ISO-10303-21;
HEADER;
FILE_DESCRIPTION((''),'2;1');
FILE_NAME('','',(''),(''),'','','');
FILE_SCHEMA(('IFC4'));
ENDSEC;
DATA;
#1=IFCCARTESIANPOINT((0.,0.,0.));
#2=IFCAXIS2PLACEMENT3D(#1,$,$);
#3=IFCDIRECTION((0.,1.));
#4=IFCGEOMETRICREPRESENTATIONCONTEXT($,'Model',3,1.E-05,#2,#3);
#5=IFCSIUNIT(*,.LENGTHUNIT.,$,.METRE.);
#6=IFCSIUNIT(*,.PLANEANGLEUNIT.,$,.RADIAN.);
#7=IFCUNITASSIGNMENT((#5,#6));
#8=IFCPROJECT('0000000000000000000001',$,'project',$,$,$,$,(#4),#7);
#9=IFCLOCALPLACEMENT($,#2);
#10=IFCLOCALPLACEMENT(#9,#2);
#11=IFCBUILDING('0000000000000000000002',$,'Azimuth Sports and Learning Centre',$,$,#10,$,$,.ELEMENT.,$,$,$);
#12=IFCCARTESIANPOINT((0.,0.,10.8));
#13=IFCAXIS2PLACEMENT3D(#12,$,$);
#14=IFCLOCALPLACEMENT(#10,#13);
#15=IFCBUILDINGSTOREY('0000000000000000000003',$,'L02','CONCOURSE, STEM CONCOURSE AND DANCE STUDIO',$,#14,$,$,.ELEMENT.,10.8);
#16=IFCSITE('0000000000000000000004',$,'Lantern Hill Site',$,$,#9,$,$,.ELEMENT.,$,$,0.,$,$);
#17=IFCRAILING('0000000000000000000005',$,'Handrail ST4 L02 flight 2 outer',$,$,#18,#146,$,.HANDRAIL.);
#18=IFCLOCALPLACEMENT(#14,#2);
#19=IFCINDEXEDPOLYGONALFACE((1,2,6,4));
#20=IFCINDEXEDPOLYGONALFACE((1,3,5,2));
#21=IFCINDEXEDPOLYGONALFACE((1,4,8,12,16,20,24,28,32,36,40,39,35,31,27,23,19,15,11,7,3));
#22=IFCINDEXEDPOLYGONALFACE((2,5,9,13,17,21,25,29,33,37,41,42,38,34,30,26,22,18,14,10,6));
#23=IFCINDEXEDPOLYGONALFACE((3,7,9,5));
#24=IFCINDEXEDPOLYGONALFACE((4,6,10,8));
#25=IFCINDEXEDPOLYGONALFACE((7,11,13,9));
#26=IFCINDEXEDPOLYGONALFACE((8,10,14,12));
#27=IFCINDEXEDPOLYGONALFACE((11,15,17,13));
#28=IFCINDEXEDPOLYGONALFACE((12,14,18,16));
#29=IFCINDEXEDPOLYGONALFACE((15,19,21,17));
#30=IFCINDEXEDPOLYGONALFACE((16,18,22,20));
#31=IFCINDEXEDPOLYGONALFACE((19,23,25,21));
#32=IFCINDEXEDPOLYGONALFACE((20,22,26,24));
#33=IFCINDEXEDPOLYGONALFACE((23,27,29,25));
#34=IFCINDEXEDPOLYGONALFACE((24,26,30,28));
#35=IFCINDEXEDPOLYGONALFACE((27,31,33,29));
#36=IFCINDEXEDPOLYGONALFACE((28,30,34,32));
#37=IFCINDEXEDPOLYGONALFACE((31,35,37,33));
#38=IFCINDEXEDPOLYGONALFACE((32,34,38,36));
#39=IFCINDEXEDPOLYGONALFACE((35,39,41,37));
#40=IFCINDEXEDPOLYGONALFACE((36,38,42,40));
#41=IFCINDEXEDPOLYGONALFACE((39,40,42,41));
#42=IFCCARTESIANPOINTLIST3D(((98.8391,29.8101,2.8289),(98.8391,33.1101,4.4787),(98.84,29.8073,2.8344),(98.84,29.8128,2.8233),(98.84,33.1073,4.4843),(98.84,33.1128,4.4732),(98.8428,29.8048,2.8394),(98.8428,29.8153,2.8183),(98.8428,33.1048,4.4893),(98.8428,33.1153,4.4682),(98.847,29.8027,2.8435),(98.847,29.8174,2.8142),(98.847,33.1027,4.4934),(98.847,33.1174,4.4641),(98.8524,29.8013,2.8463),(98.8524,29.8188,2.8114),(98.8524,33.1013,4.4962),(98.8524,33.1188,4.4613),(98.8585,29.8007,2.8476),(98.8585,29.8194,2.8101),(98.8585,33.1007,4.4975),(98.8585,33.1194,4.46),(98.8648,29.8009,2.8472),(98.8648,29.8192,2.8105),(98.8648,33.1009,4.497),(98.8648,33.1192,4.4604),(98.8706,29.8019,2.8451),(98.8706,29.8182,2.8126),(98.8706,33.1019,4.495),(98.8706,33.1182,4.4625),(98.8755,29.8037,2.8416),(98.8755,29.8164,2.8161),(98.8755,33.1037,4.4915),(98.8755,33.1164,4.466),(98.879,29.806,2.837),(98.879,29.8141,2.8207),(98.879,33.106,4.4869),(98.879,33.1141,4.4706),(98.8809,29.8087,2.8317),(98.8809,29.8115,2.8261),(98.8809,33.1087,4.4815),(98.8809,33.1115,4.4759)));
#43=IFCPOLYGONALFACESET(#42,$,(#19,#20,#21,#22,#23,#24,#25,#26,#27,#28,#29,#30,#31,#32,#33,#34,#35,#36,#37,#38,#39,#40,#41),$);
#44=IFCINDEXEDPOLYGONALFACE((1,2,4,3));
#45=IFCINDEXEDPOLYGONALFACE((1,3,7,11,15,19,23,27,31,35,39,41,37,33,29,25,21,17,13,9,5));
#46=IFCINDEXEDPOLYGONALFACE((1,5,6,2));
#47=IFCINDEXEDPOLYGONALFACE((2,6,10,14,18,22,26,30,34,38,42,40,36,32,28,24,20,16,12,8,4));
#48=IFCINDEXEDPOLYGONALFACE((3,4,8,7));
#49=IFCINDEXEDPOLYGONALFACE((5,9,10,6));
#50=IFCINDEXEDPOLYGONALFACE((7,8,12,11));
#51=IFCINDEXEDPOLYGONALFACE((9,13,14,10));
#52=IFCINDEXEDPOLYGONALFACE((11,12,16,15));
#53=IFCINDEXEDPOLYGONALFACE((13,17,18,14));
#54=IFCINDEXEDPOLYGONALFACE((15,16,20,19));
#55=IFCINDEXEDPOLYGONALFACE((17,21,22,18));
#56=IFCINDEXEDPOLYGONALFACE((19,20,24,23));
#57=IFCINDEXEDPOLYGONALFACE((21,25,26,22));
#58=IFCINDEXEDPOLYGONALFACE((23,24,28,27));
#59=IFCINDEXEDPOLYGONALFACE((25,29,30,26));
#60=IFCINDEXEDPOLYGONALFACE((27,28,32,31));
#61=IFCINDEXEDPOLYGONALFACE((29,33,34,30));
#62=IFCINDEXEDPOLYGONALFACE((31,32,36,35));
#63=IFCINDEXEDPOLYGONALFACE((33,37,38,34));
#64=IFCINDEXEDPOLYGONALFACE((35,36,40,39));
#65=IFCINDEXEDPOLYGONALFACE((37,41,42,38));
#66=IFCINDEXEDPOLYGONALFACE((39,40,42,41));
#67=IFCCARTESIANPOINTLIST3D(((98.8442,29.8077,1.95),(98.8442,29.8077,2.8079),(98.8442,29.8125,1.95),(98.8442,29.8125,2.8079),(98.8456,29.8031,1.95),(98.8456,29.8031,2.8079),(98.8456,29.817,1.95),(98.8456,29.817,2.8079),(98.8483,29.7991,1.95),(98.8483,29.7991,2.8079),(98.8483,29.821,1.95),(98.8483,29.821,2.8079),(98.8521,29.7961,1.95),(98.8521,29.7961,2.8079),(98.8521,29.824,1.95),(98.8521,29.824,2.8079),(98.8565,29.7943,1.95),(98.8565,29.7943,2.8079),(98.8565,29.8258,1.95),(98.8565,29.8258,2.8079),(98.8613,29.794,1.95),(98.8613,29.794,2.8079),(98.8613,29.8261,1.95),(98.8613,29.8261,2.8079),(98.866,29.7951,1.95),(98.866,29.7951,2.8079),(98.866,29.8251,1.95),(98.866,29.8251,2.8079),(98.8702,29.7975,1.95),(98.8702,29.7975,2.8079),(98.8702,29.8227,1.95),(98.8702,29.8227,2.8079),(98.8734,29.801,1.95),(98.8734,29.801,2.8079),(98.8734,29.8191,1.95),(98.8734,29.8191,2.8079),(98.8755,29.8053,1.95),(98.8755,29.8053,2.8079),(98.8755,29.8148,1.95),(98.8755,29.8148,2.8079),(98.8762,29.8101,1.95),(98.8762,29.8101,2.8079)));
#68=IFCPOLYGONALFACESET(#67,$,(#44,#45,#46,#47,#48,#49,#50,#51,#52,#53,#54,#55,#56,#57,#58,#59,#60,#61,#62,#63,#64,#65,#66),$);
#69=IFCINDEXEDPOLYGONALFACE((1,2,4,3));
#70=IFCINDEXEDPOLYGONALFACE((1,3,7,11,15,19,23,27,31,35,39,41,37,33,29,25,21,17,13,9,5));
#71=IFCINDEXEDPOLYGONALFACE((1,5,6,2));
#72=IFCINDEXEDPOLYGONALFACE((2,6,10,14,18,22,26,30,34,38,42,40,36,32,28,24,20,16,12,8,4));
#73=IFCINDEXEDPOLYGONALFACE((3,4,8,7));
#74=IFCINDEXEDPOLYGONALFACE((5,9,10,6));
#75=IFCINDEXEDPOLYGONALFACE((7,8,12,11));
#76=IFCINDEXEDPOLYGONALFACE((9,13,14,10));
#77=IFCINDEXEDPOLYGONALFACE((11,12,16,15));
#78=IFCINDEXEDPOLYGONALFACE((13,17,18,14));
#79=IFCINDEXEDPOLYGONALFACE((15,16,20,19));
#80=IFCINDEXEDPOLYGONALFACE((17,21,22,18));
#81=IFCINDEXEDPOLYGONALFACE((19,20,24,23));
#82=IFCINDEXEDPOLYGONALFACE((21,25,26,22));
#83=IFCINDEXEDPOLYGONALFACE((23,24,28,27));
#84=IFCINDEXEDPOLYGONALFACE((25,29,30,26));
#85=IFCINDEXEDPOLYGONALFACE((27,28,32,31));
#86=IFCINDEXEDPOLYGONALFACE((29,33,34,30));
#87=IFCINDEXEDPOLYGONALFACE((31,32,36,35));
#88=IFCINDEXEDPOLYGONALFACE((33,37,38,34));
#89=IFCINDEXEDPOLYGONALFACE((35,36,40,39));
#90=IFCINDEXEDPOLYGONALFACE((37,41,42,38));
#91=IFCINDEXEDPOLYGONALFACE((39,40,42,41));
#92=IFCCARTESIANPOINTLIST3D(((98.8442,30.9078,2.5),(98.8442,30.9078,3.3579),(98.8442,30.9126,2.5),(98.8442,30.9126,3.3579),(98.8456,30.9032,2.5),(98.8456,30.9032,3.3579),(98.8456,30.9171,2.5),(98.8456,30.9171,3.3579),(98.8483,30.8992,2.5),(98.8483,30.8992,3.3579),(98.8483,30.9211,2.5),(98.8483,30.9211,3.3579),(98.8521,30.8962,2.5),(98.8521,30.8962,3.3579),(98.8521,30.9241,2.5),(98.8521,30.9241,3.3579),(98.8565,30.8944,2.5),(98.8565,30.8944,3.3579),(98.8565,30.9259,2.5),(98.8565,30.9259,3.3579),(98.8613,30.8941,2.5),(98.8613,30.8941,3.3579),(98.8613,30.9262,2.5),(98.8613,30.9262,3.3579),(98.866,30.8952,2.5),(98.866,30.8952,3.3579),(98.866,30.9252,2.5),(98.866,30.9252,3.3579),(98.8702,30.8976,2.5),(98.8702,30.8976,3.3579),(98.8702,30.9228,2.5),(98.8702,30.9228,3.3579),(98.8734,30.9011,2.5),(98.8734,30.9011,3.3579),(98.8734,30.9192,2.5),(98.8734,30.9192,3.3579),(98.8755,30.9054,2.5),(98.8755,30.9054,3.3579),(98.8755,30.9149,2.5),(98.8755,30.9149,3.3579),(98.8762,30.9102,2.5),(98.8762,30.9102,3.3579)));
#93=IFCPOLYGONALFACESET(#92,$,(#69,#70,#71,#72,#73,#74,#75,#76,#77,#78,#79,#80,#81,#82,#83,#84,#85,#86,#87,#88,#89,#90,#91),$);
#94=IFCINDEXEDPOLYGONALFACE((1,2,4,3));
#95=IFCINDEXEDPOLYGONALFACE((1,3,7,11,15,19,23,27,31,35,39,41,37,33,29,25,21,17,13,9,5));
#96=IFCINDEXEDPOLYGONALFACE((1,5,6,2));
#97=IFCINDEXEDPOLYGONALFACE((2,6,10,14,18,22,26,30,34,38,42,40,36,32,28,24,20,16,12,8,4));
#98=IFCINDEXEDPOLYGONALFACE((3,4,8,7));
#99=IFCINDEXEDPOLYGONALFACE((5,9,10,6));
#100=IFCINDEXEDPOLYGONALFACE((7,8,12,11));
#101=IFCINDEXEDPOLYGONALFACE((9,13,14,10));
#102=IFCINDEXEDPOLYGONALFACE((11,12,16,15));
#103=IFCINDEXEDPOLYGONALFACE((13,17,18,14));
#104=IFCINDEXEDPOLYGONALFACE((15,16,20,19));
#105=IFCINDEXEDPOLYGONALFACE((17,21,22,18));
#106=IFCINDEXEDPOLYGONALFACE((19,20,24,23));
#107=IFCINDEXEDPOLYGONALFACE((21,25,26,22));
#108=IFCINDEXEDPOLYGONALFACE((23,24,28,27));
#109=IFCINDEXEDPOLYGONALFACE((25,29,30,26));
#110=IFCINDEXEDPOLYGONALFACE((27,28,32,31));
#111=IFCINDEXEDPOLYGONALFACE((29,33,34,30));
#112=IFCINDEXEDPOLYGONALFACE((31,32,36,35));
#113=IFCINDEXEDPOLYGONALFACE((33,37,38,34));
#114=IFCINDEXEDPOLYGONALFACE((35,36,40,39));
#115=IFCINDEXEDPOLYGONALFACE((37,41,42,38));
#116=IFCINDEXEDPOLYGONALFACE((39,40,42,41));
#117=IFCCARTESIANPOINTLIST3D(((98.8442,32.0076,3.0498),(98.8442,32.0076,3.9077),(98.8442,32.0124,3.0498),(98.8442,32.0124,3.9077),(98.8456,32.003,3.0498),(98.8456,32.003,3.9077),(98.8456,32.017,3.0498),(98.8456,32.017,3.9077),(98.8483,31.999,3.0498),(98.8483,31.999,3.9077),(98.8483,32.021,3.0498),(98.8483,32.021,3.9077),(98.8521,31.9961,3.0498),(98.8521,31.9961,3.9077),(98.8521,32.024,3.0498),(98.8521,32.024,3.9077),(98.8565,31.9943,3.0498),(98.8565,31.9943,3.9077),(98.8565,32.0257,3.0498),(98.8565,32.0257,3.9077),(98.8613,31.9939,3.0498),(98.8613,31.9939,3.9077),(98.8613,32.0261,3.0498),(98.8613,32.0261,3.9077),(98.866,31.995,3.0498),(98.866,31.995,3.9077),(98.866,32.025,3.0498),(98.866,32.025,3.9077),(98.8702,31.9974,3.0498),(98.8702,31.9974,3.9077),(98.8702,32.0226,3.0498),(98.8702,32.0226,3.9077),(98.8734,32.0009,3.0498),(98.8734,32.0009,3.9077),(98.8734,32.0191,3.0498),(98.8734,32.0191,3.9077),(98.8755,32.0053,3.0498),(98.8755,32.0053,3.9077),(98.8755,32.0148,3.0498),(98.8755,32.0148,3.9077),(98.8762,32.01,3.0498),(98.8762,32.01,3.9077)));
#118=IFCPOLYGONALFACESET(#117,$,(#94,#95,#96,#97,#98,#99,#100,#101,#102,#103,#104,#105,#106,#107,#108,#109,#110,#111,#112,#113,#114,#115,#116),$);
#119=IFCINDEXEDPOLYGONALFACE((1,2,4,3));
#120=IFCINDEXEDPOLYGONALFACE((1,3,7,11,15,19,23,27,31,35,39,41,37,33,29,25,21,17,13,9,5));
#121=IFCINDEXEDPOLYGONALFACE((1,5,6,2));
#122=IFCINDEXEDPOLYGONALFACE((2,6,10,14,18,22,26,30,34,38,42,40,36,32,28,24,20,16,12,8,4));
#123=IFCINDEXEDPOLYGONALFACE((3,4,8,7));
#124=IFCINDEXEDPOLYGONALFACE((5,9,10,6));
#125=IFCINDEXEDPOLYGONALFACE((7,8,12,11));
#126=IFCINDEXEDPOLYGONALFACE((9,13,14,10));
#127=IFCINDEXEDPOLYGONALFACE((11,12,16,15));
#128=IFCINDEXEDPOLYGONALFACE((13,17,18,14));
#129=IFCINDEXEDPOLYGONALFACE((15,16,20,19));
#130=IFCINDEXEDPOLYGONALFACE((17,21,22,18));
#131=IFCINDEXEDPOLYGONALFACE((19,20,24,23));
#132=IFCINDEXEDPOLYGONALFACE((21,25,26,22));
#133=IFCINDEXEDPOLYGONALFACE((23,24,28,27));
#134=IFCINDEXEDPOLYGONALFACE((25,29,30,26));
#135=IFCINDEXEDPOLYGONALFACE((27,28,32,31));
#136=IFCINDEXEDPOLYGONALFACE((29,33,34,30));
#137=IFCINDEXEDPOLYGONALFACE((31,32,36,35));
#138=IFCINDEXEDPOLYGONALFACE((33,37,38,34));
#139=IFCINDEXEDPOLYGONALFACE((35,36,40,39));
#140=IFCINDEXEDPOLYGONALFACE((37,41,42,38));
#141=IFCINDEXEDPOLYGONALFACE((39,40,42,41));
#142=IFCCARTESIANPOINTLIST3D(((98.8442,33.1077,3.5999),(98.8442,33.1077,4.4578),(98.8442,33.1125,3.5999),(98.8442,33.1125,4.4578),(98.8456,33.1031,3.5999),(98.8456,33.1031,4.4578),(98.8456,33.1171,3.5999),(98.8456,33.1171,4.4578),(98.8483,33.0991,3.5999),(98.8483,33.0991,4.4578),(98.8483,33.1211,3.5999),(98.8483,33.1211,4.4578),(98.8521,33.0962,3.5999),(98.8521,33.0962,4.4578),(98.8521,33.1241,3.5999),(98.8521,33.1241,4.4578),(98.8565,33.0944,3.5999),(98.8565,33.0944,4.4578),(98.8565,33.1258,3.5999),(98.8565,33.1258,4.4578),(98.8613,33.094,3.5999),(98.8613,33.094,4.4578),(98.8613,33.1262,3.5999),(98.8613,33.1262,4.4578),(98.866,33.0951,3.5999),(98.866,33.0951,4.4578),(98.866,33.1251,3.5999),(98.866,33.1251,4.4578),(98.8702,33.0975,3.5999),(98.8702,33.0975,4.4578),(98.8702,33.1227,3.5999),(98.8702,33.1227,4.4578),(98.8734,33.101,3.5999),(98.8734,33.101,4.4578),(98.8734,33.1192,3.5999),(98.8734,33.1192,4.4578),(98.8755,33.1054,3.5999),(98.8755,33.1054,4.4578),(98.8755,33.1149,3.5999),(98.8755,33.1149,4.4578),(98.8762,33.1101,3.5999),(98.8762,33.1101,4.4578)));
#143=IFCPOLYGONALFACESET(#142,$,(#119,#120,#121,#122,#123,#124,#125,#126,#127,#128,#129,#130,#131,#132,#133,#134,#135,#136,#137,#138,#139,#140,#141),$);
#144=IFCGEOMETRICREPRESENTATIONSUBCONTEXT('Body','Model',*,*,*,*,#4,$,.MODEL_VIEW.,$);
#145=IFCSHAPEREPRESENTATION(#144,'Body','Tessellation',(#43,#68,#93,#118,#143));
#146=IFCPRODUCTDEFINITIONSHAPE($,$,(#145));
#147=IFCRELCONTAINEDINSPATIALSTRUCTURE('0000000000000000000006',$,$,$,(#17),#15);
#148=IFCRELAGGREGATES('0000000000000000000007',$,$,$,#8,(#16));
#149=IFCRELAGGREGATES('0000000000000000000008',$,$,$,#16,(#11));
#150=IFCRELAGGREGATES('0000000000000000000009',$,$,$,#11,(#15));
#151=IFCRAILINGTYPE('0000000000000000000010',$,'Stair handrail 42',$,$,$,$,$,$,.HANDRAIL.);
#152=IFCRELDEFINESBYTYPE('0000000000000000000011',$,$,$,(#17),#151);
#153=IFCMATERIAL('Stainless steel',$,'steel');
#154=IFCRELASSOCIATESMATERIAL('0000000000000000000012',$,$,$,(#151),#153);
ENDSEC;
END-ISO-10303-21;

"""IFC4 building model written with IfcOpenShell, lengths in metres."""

from ifc_helpers import new_model, si_unit, direction, frame, origin, origin_2d, place, context, subcontext, project, spatial, circle, extrude, material, type_object, element, save


model = new_model("IFC4")

# Units and contexts
model_context = context("Model", 3, precision=1e-05, world=origin(), true_north=direction((0.0, 1.0)))
body_context = subcontext(model_context, "Body", "Model", "MODEL_VIEW")
ifc_project = project(units=[si_unit("LENGTHUNIT", "METRE"), si_unit("PLANEANGLEUNIT", "RADIAN")], contexts=[model_context])

# Site, building, storey
site_placement = place(None, origin())
site = spatial("IfcSite", under=ifc_project, at=site_placement, Name="Lantern Hill Site", CompositionType="ELEMENT", RefElevation=0.0)
building_placement = place(site_placement, origin())
building = spatial("IfcBuilding", under=site, at=building_placement, Name="Azimuth Sports and Learning Centre", CompositionType="ELEMENT")
storey_placement = place(building_placement, frame((0.0, 0.0, 10.8)))
storey = spatial("IfcBuildingStorey", under=building, at=storey_placement, Name="L02", Description="CONCOURSE, STEM CONCOURSE AND DANCE STUDIO", CompositionType="ELEMENT", Elevation=10.8)

# Railing
ifc_material_1 = material(Name="Stainless steel", Category="steel")
railing_type_1 = type_object("IfcRailingType", Name="Stair handrail 42", PredefinedType="HANDRAIL", material=ifc_material_1)
for number, where, name in (
    (1, (98.8601, 29.8101, 1.95), "Handrail ST4 L02 flight 2 outer"),
):
    element("IfcRailing", number, at=place(storey_placement, frame(where)), inside=storey, type_object=railing_type_1, Name=name, PredefinedType="HANDRAIL", context=body_context, shape_type="SweptSolid", body=[
        extrude(circle(Radius=0.021, at=origin_2d()), frame((0.0, 0.0, 0.8789), z_axis=(0.0, 0.89444, 0.447187), x_axis=(-1.0, 0.0, 0.0)), (0.0, 0.0, 1.0), 3.6895),
        extrude(circle(Radius=0.0161, at=origin_2d()), origin(), (0.0, 0.0, 1.0), 0.8579),
        extrude(circle(Radius=0.0161, at=origin_2d()), frame((0.0, 1.1001, 0.55)), (0.0, 0.0, 1.0), 0.8579),
        extrude(circle(Radius=0.0161, at=origin_2d()), frame((0.0, 2.2, 1.0999)), (0.0, 0.0, 1.0), 0.8579),
        extrude(circle(Radius=0.0161, at=origin_2d()), frame((0.0, 3.3, 1.6499)), (0.0, 0.0, 1.0), 0.8579),
    ])

save(model, "model.ifc")
